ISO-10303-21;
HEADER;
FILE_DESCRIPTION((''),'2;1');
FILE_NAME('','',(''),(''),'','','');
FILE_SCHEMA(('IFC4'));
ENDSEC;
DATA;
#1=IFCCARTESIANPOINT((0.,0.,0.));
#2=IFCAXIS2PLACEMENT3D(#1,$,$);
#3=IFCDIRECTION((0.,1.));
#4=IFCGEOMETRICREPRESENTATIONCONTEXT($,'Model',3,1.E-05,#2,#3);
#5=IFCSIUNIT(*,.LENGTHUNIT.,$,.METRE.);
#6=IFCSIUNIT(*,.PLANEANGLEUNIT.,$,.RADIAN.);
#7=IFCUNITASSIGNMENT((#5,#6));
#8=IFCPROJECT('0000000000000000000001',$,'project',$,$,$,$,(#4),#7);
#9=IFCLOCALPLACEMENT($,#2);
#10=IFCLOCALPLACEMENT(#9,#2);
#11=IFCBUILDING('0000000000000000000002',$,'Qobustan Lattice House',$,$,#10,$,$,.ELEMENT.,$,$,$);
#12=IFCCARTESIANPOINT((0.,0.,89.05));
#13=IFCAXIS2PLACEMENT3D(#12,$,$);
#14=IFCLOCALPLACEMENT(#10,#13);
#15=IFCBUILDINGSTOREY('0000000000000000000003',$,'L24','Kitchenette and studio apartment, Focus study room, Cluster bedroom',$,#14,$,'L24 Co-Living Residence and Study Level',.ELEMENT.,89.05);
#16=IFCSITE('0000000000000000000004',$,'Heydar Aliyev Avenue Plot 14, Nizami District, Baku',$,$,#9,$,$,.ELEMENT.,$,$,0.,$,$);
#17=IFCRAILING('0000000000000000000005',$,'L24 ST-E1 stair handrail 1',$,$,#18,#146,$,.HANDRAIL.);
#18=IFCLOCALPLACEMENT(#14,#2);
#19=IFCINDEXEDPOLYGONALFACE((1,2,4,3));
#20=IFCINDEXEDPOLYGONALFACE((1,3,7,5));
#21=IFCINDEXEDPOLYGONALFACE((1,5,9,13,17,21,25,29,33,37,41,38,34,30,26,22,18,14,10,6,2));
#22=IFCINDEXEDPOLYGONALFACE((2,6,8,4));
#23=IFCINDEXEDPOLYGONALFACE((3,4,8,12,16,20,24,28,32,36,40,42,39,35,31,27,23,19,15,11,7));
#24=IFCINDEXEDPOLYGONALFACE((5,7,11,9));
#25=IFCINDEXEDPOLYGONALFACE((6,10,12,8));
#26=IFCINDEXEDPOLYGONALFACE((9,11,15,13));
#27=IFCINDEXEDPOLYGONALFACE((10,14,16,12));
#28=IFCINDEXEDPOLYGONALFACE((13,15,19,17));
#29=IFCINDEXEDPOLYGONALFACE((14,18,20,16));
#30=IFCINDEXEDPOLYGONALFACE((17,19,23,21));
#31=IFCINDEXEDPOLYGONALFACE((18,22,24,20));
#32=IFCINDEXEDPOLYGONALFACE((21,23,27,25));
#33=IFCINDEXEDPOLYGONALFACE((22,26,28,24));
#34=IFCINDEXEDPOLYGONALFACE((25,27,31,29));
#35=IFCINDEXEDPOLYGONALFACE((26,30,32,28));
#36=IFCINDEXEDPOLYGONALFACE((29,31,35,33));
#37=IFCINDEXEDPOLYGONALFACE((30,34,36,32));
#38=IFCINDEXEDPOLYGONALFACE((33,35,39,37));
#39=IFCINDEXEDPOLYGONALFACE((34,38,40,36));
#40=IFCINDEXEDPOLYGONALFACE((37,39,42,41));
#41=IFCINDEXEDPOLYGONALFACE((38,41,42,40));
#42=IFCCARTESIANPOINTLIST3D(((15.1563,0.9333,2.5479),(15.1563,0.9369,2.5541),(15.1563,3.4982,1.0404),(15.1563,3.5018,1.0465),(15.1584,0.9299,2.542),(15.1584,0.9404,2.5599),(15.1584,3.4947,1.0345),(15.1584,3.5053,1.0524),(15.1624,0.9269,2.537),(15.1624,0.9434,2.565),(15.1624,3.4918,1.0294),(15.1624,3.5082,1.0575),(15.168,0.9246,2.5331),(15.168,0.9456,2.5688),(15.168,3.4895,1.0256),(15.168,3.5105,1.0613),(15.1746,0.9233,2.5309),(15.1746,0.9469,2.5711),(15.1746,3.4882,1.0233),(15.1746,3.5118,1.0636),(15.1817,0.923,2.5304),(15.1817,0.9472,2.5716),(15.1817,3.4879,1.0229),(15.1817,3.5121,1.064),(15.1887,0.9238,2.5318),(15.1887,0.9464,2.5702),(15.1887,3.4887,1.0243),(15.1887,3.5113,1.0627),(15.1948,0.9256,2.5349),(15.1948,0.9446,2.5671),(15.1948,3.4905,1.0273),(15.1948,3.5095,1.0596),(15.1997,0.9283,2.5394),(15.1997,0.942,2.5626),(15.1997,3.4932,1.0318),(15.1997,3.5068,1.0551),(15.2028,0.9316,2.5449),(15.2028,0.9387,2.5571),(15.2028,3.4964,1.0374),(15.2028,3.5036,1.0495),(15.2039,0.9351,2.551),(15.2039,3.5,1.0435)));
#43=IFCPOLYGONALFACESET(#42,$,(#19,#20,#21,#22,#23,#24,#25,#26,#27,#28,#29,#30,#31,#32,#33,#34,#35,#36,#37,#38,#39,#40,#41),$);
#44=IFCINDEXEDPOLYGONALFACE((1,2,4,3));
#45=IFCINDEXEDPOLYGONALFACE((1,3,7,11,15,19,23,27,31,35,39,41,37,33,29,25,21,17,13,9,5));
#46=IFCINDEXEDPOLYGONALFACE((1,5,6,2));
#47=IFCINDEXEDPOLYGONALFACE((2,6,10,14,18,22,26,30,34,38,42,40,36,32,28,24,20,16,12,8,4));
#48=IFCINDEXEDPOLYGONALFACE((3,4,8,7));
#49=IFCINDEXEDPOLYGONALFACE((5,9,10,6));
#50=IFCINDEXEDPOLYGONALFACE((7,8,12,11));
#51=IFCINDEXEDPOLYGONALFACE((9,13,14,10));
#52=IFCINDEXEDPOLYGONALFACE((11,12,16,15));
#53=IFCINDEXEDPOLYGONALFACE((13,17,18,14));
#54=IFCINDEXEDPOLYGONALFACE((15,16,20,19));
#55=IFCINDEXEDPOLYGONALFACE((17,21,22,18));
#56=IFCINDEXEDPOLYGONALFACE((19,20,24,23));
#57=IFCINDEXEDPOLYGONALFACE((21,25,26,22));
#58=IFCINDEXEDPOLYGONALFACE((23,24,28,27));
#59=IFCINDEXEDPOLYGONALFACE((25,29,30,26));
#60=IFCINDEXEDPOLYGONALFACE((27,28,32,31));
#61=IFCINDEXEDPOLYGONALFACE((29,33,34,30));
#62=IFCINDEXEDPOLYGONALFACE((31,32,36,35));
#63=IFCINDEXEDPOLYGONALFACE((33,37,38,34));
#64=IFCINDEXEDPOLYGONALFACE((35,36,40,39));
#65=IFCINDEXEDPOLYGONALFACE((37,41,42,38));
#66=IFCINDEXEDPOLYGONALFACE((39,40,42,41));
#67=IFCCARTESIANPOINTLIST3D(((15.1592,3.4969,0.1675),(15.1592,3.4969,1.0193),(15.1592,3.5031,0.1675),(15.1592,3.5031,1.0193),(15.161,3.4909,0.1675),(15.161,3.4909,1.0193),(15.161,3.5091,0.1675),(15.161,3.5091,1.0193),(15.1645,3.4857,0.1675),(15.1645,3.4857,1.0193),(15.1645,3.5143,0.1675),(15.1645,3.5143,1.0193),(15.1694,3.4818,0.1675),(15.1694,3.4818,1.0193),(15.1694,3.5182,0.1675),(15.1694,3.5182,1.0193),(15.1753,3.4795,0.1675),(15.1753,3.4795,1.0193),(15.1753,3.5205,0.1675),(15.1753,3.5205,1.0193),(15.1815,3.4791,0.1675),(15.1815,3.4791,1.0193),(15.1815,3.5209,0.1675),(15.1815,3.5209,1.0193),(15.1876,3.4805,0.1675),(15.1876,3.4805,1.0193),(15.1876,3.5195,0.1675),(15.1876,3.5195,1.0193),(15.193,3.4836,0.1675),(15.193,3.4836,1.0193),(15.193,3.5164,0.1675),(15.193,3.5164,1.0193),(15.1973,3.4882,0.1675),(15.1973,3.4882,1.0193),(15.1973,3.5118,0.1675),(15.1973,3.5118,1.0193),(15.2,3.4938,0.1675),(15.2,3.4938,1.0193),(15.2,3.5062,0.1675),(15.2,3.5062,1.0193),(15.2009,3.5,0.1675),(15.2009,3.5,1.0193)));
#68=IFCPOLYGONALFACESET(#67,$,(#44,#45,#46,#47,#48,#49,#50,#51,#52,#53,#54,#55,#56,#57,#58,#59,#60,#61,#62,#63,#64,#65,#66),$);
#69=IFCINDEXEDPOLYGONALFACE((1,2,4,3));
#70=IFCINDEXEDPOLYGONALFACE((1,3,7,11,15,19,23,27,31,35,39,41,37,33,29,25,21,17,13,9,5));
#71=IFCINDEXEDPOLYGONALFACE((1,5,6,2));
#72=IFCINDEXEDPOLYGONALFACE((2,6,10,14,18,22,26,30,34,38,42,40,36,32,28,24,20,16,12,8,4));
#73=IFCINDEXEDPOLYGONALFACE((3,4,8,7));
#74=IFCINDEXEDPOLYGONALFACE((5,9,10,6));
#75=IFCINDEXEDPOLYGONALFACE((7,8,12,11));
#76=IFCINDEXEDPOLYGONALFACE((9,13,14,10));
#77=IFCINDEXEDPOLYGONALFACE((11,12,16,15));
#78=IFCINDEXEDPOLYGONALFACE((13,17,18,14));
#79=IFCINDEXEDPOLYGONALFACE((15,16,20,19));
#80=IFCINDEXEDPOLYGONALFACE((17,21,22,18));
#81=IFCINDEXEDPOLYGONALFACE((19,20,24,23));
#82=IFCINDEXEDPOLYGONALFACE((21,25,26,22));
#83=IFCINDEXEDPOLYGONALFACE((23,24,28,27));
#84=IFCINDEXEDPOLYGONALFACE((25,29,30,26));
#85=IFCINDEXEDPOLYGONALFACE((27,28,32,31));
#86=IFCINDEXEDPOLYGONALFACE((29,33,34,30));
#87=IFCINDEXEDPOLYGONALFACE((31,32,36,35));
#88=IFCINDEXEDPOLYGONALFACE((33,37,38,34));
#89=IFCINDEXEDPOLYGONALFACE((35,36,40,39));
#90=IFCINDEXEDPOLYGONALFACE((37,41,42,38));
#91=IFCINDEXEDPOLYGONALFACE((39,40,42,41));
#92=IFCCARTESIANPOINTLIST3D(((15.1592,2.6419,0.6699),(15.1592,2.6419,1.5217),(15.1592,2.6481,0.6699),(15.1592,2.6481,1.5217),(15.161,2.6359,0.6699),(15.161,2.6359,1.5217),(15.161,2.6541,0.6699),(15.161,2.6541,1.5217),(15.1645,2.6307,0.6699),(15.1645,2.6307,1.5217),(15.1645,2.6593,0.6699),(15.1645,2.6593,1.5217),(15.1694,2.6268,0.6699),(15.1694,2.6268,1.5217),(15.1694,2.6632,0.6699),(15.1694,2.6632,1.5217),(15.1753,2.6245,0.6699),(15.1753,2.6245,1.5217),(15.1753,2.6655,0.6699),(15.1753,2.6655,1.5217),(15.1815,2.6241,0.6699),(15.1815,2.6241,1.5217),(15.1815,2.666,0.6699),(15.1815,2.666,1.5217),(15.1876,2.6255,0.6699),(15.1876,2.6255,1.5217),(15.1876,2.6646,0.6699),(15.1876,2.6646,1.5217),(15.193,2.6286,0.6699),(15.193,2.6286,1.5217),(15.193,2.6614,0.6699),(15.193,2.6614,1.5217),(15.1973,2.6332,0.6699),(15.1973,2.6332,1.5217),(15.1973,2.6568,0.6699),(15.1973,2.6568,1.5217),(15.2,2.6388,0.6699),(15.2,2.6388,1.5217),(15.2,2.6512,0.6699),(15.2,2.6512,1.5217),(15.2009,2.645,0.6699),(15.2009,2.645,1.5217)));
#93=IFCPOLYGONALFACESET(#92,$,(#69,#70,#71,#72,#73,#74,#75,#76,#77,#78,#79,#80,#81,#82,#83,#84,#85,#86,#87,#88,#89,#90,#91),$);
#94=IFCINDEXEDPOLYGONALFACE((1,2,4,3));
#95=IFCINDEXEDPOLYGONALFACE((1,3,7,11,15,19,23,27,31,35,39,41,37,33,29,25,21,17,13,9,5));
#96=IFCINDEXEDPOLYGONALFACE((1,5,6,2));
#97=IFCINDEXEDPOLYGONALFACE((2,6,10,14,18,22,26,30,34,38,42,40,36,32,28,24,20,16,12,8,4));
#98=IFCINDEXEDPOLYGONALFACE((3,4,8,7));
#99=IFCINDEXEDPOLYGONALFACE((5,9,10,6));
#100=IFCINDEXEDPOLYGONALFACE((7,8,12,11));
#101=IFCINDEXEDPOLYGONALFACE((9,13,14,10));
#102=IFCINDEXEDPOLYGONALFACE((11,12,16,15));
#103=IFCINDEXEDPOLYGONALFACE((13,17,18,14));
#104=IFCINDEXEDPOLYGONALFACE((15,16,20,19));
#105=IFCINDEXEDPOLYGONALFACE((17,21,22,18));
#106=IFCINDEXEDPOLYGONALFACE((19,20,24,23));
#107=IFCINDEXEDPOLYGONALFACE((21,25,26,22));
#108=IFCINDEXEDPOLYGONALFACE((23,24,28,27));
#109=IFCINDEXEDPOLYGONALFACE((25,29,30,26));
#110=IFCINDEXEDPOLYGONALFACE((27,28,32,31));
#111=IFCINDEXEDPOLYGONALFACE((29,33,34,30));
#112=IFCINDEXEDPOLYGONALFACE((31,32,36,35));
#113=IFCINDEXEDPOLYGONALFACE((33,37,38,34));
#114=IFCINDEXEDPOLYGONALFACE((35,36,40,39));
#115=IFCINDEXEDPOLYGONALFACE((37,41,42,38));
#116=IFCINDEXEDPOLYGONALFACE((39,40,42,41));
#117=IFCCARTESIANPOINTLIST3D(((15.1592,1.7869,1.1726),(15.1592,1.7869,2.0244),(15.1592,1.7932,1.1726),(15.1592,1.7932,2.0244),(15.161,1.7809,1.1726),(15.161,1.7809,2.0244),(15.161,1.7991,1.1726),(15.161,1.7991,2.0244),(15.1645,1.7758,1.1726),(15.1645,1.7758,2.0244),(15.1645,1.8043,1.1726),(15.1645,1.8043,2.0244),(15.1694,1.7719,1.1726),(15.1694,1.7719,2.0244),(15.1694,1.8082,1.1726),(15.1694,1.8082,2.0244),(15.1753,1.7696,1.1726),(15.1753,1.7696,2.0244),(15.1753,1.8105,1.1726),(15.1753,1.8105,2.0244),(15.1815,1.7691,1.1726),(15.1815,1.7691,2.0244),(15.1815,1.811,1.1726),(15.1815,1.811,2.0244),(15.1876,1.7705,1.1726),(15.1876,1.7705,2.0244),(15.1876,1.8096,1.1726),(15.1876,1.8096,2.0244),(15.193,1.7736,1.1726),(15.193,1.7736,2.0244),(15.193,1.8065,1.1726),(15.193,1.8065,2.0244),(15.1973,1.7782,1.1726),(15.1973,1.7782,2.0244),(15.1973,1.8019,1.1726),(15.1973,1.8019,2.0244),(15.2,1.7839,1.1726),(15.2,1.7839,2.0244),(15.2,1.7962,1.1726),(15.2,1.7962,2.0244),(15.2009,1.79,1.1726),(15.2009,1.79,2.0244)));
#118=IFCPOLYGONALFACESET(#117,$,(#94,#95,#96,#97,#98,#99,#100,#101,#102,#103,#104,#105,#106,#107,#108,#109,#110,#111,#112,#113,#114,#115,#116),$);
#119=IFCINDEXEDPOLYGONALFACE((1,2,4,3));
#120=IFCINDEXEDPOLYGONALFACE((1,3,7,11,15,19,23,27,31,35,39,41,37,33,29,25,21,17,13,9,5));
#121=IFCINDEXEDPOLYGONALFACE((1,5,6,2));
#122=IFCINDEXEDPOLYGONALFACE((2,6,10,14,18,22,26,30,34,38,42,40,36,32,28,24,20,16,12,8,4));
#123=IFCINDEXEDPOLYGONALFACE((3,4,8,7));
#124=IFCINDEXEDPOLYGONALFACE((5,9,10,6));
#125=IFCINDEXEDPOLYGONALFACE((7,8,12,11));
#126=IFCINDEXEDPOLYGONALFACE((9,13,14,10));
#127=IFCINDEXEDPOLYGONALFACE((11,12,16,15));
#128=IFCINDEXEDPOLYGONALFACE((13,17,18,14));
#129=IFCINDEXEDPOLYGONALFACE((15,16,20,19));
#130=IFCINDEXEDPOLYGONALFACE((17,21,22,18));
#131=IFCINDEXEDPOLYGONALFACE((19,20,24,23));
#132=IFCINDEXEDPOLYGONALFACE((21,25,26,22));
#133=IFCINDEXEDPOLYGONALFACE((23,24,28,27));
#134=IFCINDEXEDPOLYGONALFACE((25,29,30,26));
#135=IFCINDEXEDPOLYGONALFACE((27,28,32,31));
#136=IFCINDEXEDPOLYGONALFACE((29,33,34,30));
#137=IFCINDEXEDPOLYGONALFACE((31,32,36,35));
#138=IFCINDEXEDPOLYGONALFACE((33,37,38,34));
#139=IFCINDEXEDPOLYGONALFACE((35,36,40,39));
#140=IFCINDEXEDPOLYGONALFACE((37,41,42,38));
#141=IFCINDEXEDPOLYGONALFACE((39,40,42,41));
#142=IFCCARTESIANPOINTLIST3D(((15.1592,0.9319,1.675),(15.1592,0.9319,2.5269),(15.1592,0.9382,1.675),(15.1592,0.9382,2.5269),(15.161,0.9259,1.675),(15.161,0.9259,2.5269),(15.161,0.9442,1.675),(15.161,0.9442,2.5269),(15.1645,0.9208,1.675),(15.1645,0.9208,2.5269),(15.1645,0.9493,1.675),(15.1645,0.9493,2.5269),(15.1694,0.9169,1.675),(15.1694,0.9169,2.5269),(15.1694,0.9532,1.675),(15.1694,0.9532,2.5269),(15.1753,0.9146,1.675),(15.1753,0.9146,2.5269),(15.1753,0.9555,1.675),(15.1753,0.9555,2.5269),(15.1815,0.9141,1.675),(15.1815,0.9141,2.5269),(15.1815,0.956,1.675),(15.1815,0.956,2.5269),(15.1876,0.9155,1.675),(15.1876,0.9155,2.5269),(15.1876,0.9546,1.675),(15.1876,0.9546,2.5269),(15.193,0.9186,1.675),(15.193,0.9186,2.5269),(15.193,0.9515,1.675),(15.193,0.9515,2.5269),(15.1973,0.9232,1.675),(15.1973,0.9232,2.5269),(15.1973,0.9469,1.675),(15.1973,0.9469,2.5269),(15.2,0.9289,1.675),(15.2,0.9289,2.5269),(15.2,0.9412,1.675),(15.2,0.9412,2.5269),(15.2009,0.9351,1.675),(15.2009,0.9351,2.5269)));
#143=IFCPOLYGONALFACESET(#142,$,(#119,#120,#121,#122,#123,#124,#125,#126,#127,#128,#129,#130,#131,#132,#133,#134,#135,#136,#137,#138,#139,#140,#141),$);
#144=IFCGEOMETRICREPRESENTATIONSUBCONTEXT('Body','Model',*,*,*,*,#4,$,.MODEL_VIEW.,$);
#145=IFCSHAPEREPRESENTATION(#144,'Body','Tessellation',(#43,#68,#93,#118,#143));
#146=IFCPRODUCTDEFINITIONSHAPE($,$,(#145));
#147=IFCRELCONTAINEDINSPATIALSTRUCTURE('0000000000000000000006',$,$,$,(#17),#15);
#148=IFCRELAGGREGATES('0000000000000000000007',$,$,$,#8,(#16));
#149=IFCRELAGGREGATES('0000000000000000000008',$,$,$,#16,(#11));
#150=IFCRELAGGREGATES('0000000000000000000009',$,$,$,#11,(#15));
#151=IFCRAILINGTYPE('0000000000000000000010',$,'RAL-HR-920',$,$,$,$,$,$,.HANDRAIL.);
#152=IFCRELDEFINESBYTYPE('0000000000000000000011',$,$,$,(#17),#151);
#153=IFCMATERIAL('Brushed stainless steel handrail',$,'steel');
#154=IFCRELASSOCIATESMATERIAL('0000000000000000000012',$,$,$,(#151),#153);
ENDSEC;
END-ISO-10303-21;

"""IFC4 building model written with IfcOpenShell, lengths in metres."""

from ifc_helpers import new_model, si_unit, direction, frame, origin, origin_2d, place, context, subcontext, project, spatial, circle, extrude, material, type_object, element, save


model = new_model("IFC4")

# Units and contexts
model_context = context("Model", 3, precision=1e-05, world=origin(), true_north=direction((0.0, 1.0)))
body_context = subcontext(model_context, "Body", "Model", "MODEL_VIEW")
ifc_project = project(units=[si_unit("LENGTHUNIT", "METRE"), si_unit("PLANEANGLEUNIT", "RADIAN")], contexts=[model_context])

# Site, building, storey
site_placement = place(None, origin())
site = spatial("IfcSite", under=ifc_project, at=site_placement, Name="Heydar Aliyev Avenue Plot 14, Nizami District, Baku", CompositionType="ELEMENT", RefElevation=0.0)
building_placement = place(site_placement, origin())
building = spatial("IfcBuilding", under=site, at=building_placement, Name="Qobustan Lattice House", CompositionType="ELEMENT")
storey_placement = place(building_placement, frame((0.0, 0.0, 89.05)))
storey = spatial("IfcBuildingStorey", under=building, at=storey_placement, Name="L24", Description="Kitchenette and studio apartment, Focus study room, Cluster bedroom", LongName="L24 Co-Living Residence and Study Level", CompositionType="ELEMENT", Elevation=89.05)

# Railing
ifc_material_1 = material(Name="Brushed stainless steel handrail", Category="steel")
railing_type_1 = type_object("IfcRailingType", Name="RAL-HR-920", PredefinedType="HANDRAIL", material=ifc_material_1)
railing_1_placement = place(storey_placement, frame((15.1799, 3.5, 0.1675)))
element("IfcRailing", 1, at=railing_1_placement, inside=storey, type_object=railing_type_1, Name="L24 ST-E1 stair handrail 1", PredefinedType="HANDRAIL", context=body_context, shape_type="SweptSolid", body=[
    extrude(circle(Radius=0.0239, at=origin_2d()), frame((0.0, 0.0, 0.876), z_axis=(0.0, -0.862113, 0.506715), x_axis=(1.0, 0.0, 0.0)), (0.0, 0.0, 1.0), 2.9751),
    extrude(circle(Radius=0.021, at=origin_2d()), origin(), (0.0, 0.0, 1.0), 0.8518),
    extrude(circle(Radius=0.021, at=origin_2d()), frame((0.0, -0.855, 0.5024)), (0.0, 0.0, 1.0), 0.8518),
    extrude(circle(Radius=0.021, at=origin_2d()), frame((0.0, -1.71, 1.0051)), (0.0, 0.0, 1.0), 0.8518),
    extrude(circle(Radius=0.021, at=origin_2d()), frame((0.0, -2.5649, 1.5076)), (0.0, 0.0, 1.0), 0.8518),
])

save(model, "model.ifc")
